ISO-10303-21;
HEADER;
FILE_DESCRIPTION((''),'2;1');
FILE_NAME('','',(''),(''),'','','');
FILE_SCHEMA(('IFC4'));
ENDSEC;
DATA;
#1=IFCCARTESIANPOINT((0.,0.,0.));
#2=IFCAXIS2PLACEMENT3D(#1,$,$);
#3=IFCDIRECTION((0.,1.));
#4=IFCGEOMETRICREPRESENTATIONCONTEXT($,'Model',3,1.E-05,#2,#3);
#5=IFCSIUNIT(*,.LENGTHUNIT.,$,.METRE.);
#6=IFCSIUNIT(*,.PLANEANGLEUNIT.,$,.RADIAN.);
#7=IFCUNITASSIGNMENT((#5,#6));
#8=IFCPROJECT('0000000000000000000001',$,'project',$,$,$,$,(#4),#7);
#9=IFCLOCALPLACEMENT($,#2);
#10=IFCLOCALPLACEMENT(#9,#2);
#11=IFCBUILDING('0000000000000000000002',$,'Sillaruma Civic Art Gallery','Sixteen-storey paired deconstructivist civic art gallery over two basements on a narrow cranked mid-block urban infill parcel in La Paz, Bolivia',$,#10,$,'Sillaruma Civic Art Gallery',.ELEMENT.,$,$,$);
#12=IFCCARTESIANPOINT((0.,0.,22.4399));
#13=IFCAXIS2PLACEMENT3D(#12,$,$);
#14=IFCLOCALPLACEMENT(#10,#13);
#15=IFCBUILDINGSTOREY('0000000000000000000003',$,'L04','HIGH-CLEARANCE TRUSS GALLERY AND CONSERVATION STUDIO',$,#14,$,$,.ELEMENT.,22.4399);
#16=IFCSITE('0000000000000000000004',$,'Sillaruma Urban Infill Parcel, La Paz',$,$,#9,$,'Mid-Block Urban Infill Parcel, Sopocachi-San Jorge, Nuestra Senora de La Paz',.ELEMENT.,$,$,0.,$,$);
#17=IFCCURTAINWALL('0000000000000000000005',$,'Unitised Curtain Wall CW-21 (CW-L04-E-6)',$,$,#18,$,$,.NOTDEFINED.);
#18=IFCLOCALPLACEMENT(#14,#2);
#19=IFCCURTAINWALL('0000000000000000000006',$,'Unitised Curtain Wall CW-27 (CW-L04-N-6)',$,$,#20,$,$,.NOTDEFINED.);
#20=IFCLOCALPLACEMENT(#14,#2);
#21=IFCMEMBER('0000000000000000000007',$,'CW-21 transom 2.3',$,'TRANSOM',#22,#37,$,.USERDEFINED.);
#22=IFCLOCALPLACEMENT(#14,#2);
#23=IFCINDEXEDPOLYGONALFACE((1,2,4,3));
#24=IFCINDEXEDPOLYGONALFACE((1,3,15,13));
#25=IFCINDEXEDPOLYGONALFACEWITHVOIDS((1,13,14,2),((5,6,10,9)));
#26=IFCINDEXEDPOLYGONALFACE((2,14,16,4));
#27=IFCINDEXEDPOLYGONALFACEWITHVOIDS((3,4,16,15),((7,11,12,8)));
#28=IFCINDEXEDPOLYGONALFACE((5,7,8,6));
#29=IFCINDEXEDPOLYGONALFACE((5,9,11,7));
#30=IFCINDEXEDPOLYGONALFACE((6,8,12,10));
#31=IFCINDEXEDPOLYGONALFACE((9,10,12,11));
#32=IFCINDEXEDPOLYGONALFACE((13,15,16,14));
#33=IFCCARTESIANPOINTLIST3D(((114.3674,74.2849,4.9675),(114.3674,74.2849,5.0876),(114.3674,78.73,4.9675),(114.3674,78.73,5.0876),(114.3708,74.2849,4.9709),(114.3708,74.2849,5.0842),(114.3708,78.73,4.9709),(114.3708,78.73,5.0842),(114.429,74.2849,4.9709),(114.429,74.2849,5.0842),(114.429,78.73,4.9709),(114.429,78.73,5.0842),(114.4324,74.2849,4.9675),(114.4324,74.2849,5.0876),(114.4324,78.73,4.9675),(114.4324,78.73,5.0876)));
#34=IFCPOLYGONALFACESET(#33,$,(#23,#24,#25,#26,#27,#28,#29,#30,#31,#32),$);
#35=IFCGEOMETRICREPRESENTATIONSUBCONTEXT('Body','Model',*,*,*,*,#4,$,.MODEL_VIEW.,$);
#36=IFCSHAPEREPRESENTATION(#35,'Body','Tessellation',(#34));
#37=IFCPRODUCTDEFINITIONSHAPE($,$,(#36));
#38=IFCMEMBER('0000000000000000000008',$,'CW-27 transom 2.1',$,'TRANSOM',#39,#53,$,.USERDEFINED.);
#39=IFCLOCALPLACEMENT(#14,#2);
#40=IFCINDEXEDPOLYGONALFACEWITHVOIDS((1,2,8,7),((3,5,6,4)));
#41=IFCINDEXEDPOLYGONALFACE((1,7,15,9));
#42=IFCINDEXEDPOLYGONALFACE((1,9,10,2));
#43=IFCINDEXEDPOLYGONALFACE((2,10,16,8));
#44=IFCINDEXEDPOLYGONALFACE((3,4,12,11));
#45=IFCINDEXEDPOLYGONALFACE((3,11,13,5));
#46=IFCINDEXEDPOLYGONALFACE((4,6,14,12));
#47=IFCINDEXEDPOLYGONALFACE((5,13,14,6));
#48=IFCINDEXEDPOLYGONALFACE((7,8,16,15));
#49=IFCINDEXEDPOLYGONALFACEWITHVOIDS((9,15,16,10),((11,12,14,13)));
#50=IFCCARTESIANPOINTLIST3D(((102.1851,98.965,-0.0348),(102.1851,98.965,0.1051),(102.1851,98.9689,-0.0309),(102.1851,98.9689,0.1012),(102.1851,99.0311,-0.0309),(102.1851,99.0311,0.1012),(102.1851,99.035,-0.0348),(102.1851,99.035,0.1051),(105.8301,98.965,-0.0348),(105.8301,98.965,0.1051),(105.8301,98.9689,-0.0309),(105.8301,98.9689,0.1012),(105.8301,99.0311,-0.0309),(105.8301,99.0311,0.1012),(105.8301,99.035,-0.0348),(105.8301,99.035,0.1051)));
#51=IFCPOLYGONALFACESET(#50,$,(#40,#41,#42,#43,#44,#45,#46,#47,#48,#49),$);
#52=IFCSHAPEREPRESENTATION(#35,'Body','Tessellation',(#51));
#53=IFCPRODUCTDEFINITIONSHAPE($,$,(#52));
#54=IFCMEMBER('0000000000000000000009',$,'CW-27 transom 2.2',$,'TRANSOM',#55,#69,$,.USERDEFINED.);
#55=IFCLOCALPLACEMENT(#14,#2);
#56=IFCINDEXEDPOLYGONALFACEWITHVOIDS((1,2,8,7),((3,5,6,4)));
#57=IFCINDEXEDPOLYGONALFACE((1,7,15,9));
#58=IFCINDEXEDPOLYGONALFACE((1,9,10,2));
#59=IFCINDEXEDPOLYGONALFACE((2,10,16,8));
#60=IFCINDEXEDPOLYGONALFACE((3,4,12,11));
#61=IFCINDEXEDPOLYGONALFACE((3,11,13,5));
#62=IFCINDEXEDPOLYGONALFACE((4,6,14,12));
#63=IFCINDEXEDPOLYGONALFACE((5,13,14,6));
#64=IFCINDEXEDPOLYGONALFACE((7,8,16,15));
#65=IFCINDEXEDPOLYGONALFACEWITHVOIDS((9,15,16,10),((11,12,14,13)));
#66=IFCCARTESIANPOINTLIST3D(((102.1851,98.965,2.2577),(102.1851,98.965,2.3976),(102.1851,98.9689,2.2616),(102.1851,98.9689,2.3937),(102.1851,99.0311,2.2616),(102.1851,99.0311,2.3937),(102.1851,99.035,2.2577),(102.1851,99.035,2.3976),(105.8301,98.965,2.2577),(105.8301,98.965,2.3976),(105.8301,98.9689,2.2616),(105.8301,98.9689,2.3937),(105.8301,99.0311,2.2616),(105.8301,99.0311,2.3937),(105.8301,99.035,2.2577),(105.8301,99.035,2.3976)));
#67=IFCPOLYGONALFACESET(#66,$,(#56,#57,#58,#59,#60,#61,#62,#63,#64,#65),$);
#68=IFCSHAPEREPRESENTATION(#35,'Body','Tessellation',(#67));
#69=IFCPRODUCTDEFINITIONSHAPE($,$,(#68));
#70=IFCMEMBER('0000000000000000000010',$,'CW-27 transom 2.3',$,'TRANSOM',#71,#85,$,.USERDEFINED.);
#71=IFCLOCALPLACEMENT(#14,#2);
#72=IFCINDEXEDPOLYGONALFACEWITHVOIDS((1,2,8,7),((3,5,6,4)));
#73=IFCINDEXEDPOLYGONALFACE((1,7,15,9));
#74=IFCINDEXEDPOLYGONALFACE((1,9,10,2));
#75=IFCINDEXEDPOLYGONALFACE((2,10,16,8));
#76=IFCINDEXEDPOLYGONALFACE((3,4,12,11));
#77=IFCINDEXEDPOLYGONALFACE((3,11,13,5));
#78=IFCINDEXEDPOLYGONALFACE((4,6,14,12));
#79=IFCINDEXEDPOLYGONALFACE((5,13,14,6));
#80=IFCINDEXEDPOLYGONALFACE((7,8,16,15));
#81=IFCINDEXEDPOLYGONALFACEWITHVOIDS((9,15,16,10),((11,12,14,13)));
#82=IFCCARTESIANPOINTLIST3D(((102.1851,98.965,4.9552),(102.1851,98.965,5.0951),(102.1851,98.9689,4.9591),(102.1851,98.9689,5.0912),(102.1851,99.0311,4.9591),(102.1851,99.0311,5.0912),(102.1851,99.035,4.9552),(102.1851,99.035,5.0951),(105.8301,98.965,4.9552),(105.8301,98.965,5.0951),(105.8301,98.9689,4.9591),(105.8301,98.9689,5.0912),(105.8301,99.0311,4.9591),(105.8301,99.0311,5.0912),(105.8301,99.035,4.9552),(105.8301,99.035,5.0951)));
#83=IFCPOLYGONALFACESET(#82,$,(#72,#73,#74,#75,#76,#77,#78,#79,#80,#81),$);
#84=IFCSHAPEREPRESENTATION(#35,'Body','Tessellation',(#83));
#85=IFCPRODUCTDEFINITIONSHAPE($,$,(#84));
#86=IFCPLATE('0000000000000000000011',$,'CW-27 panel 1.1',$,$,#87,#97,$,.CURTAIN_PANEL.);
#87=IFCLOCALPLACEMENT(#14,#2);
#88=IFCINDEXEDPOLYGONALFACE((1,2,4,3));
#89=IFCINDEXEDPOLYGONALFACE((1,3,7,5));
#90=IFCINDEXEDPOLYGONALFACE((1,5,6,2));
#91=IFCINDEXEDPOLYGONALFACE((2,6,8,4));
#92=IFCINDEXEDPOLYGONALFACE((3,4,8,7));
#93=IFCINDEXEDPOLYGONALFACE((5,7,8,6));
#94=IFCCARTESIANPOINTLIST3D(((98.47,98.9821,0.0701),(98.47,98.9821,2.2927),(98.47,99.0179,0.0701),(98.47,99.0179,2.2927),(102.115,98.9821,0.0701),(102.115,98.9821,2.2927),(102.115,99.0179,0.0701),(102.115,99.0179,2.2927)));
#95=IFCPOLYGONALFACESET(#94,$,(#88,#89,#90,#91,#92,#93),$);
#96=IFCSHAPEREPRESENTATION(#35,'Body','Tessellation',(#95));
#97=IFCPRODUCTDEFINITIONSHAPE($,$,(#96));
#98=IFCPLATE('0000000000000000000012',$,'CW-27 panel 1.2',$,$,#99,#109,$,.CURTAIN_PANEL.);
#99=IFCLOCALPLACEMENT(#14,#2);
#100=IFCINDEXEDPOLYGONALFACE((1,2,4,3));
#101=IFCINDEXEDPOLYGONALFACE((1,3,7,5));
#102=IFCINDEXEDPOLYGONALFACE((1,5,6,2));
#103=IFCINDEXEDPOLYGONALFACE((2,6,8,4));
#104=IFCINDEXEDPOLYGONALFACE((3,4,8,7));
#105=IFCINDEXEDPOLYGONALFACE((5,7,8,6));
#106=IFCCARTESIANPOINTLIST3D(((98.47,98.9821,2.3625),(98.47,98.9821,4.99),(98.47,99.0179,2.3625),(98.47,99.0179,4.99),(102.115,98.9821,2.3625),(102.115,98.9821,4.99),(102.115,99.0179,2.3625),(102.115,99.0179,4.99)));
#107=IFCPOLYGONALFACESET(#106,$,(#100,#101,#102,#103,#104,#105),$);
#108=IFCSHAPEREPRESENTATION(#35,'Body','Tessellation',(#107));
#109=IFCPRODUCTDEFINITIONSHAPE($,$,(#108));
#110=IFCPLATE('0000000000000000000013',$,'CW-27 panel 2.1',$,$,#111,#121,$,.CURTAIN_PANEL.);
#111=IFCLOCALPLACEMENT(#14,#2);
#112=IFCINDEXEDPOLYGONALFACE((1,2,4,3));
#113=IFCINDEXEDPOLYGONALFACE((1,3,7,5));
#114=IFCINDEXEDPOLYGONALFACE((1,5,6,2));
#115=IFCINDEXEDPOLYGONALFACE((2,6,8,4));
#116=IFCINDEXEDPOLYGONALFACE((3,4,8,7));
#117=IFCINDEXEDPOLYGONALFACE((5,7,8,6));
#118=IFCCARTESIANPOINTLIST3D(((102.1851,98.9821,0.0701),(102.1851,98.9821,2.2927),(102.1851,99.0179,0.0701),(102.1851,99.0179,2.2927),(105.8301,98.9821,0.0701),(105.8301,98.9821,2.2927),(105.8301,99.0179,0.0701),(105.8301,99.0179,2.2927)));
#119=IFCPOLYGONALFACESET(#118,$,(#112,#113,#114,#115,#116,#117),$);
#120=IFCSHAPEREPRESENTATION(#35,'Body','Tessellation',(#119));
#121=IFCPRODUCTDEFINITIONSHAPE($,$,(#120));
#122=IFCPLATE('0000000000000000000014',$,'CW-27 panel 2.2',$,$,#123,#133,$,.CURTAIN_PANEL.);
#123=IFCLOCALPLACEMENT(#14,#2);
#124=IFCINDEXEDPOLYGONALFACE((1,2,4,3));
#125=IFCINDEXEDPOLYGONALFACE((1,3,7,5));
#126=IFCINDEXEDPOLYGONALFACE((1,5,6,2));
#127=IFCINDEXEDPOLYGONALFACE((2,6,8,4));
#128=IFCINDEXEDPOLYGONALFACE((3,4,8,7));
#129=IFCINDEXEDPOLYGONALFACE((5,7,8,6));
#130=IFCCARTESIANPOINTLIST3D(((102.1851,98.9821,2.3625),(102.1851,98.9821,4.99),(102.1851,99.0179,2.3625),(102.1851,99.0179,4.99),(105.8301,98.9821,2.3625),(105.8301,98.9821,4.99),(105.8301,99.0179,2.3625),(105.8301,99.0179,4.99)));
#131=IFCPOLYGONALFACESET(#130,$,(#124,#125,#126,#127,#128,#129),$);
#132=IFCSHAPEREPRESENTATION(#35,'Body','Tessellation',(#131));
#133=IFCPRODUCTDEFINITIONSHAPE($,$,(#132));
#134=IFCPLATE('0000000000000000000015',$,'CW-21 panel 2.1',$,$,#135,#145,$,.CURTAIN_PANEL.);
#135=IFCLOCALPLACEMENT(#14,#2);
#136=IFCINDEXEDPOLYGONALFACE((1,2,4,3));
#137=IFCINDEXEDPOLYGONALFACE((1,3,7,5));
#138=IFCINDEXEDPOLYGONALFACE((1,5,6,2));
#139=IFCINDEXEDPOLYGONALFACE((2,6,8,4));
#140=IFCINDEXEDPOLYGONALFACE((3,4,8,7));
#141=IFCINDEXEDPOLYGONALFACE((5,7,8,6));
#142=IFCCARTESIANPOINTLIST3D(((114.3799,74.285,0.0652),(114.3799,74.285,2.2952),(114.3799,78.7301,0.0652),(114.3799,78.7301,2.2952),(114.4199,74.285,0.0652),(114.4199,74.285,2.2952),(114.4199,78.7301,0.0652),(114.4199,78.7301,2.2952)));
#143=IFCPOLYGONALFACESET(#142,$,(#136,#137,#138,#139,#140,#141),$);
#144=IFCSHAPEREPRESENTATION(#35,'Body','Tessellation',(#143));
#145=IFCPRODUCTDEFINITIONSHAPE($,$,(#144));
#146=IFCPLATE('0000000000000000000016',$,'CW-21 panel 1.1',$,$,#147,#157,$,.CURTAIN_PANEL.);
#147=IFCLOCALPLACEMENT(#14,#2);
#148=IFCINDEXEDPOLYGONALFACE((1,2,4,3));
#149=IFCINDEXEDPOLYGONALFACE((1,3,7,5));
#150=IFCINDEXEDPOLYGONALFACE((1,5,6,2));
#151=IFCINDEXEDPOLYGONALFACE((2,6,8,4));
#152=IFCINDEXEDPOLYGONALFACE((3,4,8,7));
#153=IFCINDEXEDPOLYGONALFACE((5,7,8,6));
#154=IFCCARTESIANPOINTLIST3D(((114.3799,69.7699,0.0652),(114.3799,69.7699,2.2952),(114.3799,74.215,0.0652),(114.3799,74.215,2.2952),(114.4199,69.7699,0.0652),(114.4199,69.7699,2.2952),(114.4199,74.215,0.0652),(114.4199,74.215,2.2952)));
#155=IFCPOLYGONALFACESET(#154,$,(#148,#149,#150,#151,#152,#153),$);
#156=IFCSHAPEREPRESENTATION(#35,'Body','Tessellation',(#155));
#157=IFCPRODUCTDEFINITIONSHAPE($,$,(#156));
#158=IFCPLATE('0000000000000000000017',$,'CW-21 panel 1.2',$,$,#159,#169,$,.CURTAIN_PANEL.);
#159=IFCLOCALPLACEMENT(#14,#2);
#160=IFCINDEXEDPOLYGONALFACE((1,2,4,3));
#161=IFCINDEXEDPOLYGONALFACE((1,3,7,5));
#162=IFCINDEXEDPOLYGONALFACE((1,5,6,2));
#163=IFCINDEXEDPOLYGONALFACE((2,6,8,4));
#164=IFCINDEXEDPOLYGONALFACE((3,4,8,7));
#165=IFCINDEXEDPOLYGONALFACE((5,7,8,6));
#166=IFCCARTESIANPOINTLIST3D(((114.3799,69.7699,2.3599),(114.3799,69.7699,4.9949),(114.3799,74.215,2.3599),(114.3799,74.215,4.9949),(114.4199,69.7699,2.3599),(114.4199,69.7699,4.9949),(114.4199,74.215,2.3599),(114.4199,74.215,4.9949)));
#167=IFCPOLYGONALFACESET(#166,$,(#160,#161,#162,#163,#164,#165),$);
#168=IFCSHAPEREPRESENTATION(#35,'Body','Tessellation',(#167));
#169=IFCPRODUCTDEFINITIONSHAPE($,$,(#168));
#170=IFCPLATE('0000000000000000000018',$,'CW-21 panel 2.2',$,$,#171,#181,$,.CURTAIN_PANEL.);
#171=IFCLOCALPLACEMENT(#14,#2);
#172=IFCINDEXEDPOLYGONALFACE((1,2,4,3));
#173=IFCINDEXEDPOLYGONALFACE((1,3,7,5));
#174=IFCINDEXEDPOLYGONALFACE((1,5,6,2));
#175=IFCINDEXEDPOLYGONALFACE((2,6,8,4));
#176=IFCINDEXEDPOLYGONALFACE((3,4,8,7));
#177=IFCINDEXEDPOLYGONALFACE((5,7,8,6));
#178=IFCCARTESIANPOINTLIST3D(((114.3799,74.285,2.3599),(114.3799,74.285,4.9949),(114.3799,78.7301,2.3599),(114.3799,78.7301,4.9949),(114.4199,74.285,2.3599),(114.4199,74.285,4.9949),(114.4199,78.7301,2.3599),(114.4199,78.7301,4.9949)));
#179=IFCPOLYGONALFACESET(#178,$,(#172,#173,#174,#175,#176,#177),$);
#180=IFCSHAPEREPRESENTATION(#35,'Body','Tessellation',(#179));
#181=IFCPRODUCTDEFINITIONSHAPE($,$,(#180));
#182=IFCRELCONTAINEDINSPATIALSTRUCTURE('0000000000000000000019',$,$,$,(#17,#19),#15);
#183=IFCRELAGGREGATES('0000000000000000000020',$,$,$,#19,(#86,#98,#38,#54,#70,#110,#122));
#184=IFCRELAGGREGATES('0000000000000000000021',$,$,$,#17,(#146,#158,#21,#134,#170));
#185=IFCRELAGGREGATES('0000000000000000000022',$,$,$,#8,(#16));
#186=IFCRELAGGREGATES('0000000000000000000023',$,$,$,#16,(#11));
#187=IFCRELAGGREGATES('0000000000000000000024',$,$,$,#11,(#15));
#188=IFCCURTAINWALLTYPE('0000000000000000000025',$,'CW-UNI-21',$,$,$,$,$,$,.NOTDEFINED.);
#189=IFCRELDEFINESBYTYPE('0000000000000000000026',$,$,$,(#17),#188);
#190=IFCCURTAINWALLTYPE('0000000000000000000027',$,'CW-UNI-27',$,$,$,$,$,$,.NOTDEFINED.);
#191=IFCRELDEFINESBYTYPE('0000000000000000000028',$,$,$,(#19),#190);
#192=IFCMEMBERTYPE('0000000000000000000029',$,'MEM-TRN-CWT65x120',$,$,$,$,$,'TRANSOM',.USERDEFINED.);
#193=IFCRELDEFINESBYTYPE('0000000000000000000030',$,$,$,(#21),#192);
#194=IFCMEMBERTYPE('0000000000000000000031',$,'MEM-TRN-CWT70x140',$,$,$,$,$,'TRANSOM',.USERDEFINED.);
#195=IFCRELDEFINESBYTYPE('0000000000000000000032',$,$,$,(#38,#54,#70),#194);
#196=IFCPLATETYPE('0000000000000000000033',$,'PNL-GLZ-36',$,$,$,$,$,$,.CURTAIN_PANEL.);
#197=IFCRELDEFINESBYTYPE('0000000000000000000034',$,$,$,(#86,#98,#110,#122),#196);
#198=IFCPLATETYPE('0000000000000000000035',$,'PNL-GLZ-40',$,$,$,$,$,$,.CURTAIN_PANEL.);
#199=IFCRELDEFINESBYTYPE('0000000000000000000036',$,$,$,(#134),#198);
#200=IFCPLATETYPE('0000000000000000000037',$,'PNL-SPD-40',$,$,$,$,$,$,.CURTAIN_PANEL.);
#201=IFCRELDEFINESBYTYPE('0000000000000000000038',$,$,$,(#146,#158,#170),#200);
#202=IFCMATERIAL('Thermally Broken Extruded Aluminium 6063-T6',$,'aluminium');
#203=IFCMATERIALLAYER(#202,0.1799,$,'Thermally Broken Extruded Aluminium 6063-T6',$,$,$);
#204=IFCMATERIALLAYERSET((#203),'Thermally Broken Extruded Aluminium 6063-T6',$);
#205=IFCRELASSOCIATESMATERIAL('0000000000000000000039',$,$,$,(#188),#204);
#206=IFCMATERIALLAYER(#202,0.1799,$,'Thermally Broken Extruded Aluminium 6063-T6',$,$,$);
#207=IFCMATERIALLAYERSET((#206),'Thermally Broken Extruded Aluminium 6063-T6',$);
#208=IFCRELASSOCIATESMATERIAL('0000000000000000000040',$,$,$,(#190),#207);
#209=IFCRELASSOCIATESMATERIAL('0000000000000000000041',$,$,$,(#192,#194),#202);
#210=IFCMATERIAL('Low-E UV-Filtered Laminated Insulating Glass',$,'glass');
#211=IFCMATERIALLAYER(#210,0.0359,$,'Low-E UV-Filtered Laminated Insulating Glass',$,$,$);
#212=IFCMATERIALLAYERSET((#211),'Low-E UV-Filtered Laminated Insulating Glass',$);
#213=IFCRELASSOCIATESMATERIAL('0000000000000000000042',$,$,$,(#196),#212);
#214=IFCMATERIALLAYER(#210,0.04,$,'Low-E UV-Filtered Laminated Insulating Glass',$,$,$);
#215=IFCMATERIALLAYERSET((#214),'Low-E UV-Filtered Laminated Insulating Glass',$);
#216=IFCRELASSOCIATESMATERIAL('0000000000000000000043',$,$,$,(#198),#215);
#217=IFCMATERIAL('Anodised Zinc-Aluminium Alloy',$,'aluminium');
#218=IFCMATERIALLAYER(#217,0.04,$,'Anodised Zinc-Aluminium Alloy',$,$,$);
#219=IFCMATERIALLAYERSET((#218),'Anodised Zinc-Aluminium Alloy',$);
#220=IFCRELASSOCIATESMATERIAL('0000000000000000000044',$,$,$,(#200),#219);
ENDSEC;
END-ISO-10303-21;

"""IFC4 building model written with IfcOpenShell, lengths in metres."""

from ifc_helpers import new_model, si_unit, direction, frame, origin, origin_2d, place, context, subcontext, project, spatial, rectangle, hollow_rectangle, extrude, material, layer, layer_set, material_profile, profile_set, type_object, element, aggregate, save


model = new_model("IFC4")

# Units and contexts
model_context = context("Model", 3, precision=1e-05, world=origin(), true_north=direction((0.0, 1.0)))
body_context = subcontext(model_context, "Body", "Model", "MODEL_VIEW")
ifc_project = project(units=[si_unit("LENGTHUNIT", "METRE"), si_unit("PLANEANGLEUNIT", "RADIAN")], contexts=[model_context])

# Site, building, storey
site_placement = place(None, origin())
site = spatial("IfcSite", under=ifc_project, at=site_placement, Name="Sillaruma Urban Infill Parcel, La Paz", LongName="Mid-Block Urban Infill Parcel, Sopocachi-San Jorge, Nuestra Senora de La Paz", CompositionType="ELEMENT", RefElevation=0.0)
building_placement = place(site_placement, origin())
building = spatial("IfcBuilding", under=site, at=building_placement, Name="Sillaruma Civic Art Gallery", Description="Sixteen-storey paired deconstructivist civic art gallery over two basements on a narrow cranked mid-block urban infill parcel in La Paz, Bolivia", LongName="Sillaruma Civic Art Gallery", CompositionType="ELEMENT")
storey_placement = place(building_placement, frame((0.0, 0.0, 22.4399)))
storey = spatial("IfcBuildingStorey", under=building, at=storey_placement, Name="L04", Description="HIGH-CLEARANCE TRUSS GALLERY AND CONSERVATION STUDIO", CompositionType="ELEMENT", Elevation=22.4399)

# Curtain walls
ifc_material_1 = material(Name="Thermally Broken Extruded Aluminium 6063-T6", Category="aluminium")
ifc_layer_1 = layer(ifc_material_1, 0.1799, Name="Thermally Broken Extruded Aluminium 6063-T6")
ifc_layer_set_1 = layer_set([ifc_layer_1], Name="Thermally Broken Extruded Aluminium 6063-T6")
curtain_wall_type_1 = type_object("IfcCurtainWallType", Name="CW-UNI-21", PredefinedType="NOTDEFINED", material=ifc_layer_set_1)
curtain_wall_1_placement = place(storey_placement, origin())
curtain_wall_1 = element("IfcCurtainWall", 1, at=curtain_wall_1_placement, inside=storey, type_object=curtain_wall_type_1, Name="Unitised Curtain Wall CW-21 (CW-L04-E-6)", PredefinedType="NOTDEFINED")
ifc_layer_2 = layer(ifc_material_1, 0.1799, Name="Thermally Broken Extruded Aluminium 6063-T6")
ifc_layer_set_2 = layer_set([ifc_layer_2], Name="Thermally Broken Extruded Aluminium 6063-T6")
curtain_wall_type_2 = type_object("IfcCurtainWallType", Name="CW-UNI-27", PredefinedType="NOTDEFINED", material=ifc_layer_set_2)
curtain_wall_2_placement = place(storey_placement, origin())
curtain_wall_2 = element("IfcCurtainWall", 2, at=curtain_wall_2_placement, inside=storey, type_object=curtain_wall_type_2, Name="Unitised Curtain Wall CW-27 (CW-L04-N-6)", PredefinedType="NOTDEFINED")

# Members
ifc_material_profile_1 = material_profile(ifc_material_1, hollow_rectangle(XDim=0.0649, YDim=0.1201, WallThickness=0.0034, at=origin_2d()), Name="CWT65x120")
ifc_profile_set_1 = profile_set([ifc_material_profile_1], Name="Thermally Broken Extruded Aluminium 6063-T6")
member_type_1 = type_object("IfcMemberType", Name="MEM-TRN-CWT65x120", ElementType="TRANSOM", PredefinedType="USERDEFINED", material=ifc_profile_set_1)
member_1_placement = place(storey_placement, frame((114.3999, 74.2849, 5.0276), z_axis=(0.0, 1.0, 0.0), x_axis=(-1.0, 0.0, 0.0)))
member_1 = element("IfcMember", 3, at=member_1_placement, type_object=member_type_1, Name="CW-21 transom 2.3", ObjectType="TRANSOM", PredefinedType="USERDEFINED", context=body_context, shape_type="SweptSolid", body=[
    extrude(hollow_rectangle(XDim=0.0649, YDim=0.1201, WallThickness=0.0034, at=origin_2d()), origin(), (0.0, 0.0, 1.0), 4.4451),
])
ifc_material_profile_2 = material_profile(ifc_material_1, hollow_rectangle(XDim=0.0701, YDim=0.1399, WallThickness=0.0039, at=origin_2d()), Name="CWT70x140")
ifc_profile_set_2 = profile_set([ifc_material_profile_2], Name="Thermally Broken Extruded Aluminium 6063-T6")
member_type_2 = type_object("IfcMemberType", Name="MEM-TRN-CWT70x140", ElementType="TRANSOM", PredefinedType="USERDEFINED", material=ifc_profile_set_2)
member_2_placement = place(storey_placement, frame((102.1851, 99.0, 0.0352), z_axis=(1.0, 0.0, 0.0), x_axis=(0.0, 1.0, 0.0)))
member_2 = element("IfcMember", 4, at=member_2_placement, type_object=member_type_2, Name="CW-27 transom 2.1", ObjectType="TRANSOM", PredefinedType="USERDEFINED", context=body_context, shape_type="SweptSolid", body=[
    extrude(hollow_rectangle(XDim=0.0701, YDim=0.1399, WallThickness=0.0039, at=origin_2d()), origin(), (0.0, 0.0, 1.0), 3.645),
])
member_3_placement = place(storey_placement, frame((102.1851, 99.0, 2.3276), z_axis=(1.0, 0.0, 0.0), x_axis=(0.0, 1.0, 0.0)))
member_3 = element("IfcMember", 5, at=member_3_placement, type_object=member_type_2, Name="CW-27 transom 2.2", ObjectType="TRANSOM", PredefinedType="USERDEFINED", context=body_context, shape_type="SweptSolid", body=[
    extrude(hollow_rectangle(XDim=0.0701, YDim=0.1399, WallThickness=0.0039, at=origin_2d()), origin(), (0.0, 0.0, 1.0), 3.645),
])
member_4_placement = place(storey_placement, frame((102.1851, 99.0, 5.0251), z_axis=(1.0, 0.0, 0.0), x_axis=(0.0, 1.0, 0.0)))
member_4 = element("IfcMember", 6, at=member_4_placement, type_object=member_type_2, Name="CW-27 transom 2.3", ObjectType="TRANSOM", PredefinedType="USERDEFINED", context=body_context, shape_type="SweptSolid", body=[
    extrude(hollow_rectangle(XDim=0.0701, YDim=0.1399, WallThickness=0.0039, at=origin_2d()), origin(), (0.0, 0.0, 1.0), 3.645),
])

# Plates
ifc_material_2 = material(Name="Low-E UV-Filtered Laminated Insulating Glass", Category="glass")
ifc_layer_3 = layer(ifc_material_2, 0.0359, Name="Low-E UV-Filtered Laminated Insulating Glass")
ifc_layer_set_3 = layer_set([ifc_layer_3], Name="Low-E UV-Filtered Laminated Insulating Glass")
plate_type_1 = type_object("IfcPlateType", Name="PNL-GLZ-36", PredefinedType="CURTAIN_PANEL", material=ifc_layer_set_3)
plate_1_placement = place(storey_placement, frame((100.2925, 99.0, 0.0701), z_axis=(0.0, 0.0, 1.0), x_axis=(1.0, 0.0, 0.0)))
plate_1 = element("IfcPlate", 7, at=plate_1_placement, type_object=plate_type_1, Name="CW-27 panel 1.1", PredefinedType="CURTAIN_PANEL", context=body_context, shape_type="SweptSolid", body=[
    extrude(rectangle(XDim=3.645, YDim=0.0359, at=origin_2d()), origin(), (0.0, 0.0, 1.0), 2.2227),
])
plate_2_placement = place(storey_placement, frame((100.2925, 99.0, 2.3625), z_axis=(0.0, 0.0, 1.0), x_axis=(1.0, 0.0, 0.0)))
plate_2 = element("IfcPlate", 8, at=plate_2_placement, type_object=plate_type_1, Name="CW-27 panel 1.2", PredefinedType="CURTAIN_PANEL", context=body_context, shape_type="SweptSolid", body=[
    extrude(rectangle(XDim=3.645, YDim=0.0359, at=origin_2d()), origin(), (0.0, 0.0, 1.0), 2.6274),
])
plate_3_placement = place(storey_placement, frame((104.0076, 99.0, 0.0701), z_axis=(0.0, 0.0, 1.0), x_axis=(1.0, 0.0, 0.0)))
plate_3 = element("IfcPlate", 9, at=plate_3_placement, type_object=plate_type_1, Name="CW-27 panel 2.1", PredefinedType="CURTAIN_PANEL", context=body_context, shape_type="SweptSolid", body=[
    extrude(rectangle(XDim=3.645, YDim=0.0359, at=origin_2d()), origin(), (0.0, 0.0, 1.0), 2.2227),
])
plate_4_placement = place(storey_placement, frame((104.0076, 99.0, 2.3625), z_axis=(0.0, 0.0, 1.0), x_axis=(1.0, 0.0, 0.0)))
plate_4 = element("IfcPlate", 10, at=plate_4_placement, type_object=plate_type_1, Name="CW-27 panel 2.2", PredefinedType="CURTAIN_PANEL", context=body_context, shape_type="SweptSolid", body=[
    extrude(rectangle(XDim=3.645, YDim=0.0359, at=origin_2d()), origin(), (0.0, 0.0, 1.0), 2.6274),
])
aggregate(curtain_wall_2, [plate_1, plate_2, member_2, member_3, member_4, plate_3, plate_4])
ifc_layer_4 = layer(ifc_material_2, 0.04, Name="Low-E UV-Filtered Laminated Insulating Glass")
ifc_layer_set_4 = layer_set([ifc_layer_4], Name="Low-E UV-Filtered Laminated Insulating Glass")
plate_type_2 = type_object("IfcPlateType", Name="PNL-GLZ-40", PredefinedType="CURTAIN_PANEL", material=ifc_layer_set_4)
plate_5_placement = place(storey_placement, frame((114.3999, 76.5076, 0.0652), z_axis=(0.0, 0.0, 1.0), x_axis=(0.0, 1.0, 0.0)))
plate_5 = element("IfcPlate", 11, at=plate_5_placement, type_object=plate_type_2, Name="CW-21 panel 2.1", PredefinedType="CURTAIN_PANEL", context=body_context, shape_type="SweptSolid", body=[
    extrude(rectangle(XDim=4.4451, YDim=0.04, at=origin_2d()), origin(), (0.0, 0.0, 1.0), 2.23),
])
ifc_material_3 = material(Name="Anodised Zinc-Aluminium Alloy", Category="aluminium")
ifc_layer_5 = layer(ifc_material_3, 0.04, Name="Anodised Zinc-Aluminium Alloy")
ifc_layer_set_5 = layer_set([ifc_layer_5], Name="Anodised Zinc-Aluminium Alloy")
plate_type_3 = type_object("IfcPlateType", Name="PNL-SPD-40", PredefinedType="CURTAIN_PANEL", material=ifc_layer_set_5)
plate_6_placement = place(storey_placement, frame((114.3999, 71.9924, 0.0652), z_axis=(0.0, 0.0, 1.0), x_axis=(0.0, 1.0, 0.0)))
plate_6 = element("IfcPlate", 12, at=plate_6_placement, type_object=plate_type_3, Name="CW-21 panel 1.1", PredefinedType="CURTAIN_PANEL", context=body_context, shape_type="SweptSolid", body=[
    extrude(rectangle(XDim=4.4451, YDim=0.04, at=origin_2d()), origin(), (0.0, 0.0, 1.0), 2.23),
])
plate_7_placement = place(storey_placement, frame((114.3999, 71.9924, 2.3599), z_axis=(0.0, 0.0, 1.0), x_axis=(0.0, 1.0, 0.0)))
plate_7 = element("IfcPlate", 13, at=plate_7_placement, type_object=plate_type_3, Name="CW-21 panel 1.2", PredefinedType="CURTAIN_PANEL", context=body_context, shape_type="SweptSolid", body=[
    extrude(rectangle(XDim=4.4451, YDim=0.04, at=origin_2d()), origin(), (0.0, 0.0, 1.0), 2.635),
])
plate_8_placement = place(storey_placement, frame((114.3999, 76.5076, 2.3599), z_axis=(0.0, 0.0, 1.0), x_axis=(0.0, 1.0, 0.0)))
plate_8 = element("IfcPlate", 14, at=plate_8_placement, type_object=plate_type_3, Name="CW-21 panel 2.2", PredefinedType="CURTAIN_PANEL", context=body_context, shape_type="SweptSolid", body=[
    extrude(rectangle(XDim=4.4451, YDim=0.04, at=origin_2d()), origin(), (0.0, 0.0, 1.0), 2.635),
])
aggregate(curtain_wall_1, [plate_6, plate_7, member_1, plate_5, plate_8])

save(model, "model.ifc")
